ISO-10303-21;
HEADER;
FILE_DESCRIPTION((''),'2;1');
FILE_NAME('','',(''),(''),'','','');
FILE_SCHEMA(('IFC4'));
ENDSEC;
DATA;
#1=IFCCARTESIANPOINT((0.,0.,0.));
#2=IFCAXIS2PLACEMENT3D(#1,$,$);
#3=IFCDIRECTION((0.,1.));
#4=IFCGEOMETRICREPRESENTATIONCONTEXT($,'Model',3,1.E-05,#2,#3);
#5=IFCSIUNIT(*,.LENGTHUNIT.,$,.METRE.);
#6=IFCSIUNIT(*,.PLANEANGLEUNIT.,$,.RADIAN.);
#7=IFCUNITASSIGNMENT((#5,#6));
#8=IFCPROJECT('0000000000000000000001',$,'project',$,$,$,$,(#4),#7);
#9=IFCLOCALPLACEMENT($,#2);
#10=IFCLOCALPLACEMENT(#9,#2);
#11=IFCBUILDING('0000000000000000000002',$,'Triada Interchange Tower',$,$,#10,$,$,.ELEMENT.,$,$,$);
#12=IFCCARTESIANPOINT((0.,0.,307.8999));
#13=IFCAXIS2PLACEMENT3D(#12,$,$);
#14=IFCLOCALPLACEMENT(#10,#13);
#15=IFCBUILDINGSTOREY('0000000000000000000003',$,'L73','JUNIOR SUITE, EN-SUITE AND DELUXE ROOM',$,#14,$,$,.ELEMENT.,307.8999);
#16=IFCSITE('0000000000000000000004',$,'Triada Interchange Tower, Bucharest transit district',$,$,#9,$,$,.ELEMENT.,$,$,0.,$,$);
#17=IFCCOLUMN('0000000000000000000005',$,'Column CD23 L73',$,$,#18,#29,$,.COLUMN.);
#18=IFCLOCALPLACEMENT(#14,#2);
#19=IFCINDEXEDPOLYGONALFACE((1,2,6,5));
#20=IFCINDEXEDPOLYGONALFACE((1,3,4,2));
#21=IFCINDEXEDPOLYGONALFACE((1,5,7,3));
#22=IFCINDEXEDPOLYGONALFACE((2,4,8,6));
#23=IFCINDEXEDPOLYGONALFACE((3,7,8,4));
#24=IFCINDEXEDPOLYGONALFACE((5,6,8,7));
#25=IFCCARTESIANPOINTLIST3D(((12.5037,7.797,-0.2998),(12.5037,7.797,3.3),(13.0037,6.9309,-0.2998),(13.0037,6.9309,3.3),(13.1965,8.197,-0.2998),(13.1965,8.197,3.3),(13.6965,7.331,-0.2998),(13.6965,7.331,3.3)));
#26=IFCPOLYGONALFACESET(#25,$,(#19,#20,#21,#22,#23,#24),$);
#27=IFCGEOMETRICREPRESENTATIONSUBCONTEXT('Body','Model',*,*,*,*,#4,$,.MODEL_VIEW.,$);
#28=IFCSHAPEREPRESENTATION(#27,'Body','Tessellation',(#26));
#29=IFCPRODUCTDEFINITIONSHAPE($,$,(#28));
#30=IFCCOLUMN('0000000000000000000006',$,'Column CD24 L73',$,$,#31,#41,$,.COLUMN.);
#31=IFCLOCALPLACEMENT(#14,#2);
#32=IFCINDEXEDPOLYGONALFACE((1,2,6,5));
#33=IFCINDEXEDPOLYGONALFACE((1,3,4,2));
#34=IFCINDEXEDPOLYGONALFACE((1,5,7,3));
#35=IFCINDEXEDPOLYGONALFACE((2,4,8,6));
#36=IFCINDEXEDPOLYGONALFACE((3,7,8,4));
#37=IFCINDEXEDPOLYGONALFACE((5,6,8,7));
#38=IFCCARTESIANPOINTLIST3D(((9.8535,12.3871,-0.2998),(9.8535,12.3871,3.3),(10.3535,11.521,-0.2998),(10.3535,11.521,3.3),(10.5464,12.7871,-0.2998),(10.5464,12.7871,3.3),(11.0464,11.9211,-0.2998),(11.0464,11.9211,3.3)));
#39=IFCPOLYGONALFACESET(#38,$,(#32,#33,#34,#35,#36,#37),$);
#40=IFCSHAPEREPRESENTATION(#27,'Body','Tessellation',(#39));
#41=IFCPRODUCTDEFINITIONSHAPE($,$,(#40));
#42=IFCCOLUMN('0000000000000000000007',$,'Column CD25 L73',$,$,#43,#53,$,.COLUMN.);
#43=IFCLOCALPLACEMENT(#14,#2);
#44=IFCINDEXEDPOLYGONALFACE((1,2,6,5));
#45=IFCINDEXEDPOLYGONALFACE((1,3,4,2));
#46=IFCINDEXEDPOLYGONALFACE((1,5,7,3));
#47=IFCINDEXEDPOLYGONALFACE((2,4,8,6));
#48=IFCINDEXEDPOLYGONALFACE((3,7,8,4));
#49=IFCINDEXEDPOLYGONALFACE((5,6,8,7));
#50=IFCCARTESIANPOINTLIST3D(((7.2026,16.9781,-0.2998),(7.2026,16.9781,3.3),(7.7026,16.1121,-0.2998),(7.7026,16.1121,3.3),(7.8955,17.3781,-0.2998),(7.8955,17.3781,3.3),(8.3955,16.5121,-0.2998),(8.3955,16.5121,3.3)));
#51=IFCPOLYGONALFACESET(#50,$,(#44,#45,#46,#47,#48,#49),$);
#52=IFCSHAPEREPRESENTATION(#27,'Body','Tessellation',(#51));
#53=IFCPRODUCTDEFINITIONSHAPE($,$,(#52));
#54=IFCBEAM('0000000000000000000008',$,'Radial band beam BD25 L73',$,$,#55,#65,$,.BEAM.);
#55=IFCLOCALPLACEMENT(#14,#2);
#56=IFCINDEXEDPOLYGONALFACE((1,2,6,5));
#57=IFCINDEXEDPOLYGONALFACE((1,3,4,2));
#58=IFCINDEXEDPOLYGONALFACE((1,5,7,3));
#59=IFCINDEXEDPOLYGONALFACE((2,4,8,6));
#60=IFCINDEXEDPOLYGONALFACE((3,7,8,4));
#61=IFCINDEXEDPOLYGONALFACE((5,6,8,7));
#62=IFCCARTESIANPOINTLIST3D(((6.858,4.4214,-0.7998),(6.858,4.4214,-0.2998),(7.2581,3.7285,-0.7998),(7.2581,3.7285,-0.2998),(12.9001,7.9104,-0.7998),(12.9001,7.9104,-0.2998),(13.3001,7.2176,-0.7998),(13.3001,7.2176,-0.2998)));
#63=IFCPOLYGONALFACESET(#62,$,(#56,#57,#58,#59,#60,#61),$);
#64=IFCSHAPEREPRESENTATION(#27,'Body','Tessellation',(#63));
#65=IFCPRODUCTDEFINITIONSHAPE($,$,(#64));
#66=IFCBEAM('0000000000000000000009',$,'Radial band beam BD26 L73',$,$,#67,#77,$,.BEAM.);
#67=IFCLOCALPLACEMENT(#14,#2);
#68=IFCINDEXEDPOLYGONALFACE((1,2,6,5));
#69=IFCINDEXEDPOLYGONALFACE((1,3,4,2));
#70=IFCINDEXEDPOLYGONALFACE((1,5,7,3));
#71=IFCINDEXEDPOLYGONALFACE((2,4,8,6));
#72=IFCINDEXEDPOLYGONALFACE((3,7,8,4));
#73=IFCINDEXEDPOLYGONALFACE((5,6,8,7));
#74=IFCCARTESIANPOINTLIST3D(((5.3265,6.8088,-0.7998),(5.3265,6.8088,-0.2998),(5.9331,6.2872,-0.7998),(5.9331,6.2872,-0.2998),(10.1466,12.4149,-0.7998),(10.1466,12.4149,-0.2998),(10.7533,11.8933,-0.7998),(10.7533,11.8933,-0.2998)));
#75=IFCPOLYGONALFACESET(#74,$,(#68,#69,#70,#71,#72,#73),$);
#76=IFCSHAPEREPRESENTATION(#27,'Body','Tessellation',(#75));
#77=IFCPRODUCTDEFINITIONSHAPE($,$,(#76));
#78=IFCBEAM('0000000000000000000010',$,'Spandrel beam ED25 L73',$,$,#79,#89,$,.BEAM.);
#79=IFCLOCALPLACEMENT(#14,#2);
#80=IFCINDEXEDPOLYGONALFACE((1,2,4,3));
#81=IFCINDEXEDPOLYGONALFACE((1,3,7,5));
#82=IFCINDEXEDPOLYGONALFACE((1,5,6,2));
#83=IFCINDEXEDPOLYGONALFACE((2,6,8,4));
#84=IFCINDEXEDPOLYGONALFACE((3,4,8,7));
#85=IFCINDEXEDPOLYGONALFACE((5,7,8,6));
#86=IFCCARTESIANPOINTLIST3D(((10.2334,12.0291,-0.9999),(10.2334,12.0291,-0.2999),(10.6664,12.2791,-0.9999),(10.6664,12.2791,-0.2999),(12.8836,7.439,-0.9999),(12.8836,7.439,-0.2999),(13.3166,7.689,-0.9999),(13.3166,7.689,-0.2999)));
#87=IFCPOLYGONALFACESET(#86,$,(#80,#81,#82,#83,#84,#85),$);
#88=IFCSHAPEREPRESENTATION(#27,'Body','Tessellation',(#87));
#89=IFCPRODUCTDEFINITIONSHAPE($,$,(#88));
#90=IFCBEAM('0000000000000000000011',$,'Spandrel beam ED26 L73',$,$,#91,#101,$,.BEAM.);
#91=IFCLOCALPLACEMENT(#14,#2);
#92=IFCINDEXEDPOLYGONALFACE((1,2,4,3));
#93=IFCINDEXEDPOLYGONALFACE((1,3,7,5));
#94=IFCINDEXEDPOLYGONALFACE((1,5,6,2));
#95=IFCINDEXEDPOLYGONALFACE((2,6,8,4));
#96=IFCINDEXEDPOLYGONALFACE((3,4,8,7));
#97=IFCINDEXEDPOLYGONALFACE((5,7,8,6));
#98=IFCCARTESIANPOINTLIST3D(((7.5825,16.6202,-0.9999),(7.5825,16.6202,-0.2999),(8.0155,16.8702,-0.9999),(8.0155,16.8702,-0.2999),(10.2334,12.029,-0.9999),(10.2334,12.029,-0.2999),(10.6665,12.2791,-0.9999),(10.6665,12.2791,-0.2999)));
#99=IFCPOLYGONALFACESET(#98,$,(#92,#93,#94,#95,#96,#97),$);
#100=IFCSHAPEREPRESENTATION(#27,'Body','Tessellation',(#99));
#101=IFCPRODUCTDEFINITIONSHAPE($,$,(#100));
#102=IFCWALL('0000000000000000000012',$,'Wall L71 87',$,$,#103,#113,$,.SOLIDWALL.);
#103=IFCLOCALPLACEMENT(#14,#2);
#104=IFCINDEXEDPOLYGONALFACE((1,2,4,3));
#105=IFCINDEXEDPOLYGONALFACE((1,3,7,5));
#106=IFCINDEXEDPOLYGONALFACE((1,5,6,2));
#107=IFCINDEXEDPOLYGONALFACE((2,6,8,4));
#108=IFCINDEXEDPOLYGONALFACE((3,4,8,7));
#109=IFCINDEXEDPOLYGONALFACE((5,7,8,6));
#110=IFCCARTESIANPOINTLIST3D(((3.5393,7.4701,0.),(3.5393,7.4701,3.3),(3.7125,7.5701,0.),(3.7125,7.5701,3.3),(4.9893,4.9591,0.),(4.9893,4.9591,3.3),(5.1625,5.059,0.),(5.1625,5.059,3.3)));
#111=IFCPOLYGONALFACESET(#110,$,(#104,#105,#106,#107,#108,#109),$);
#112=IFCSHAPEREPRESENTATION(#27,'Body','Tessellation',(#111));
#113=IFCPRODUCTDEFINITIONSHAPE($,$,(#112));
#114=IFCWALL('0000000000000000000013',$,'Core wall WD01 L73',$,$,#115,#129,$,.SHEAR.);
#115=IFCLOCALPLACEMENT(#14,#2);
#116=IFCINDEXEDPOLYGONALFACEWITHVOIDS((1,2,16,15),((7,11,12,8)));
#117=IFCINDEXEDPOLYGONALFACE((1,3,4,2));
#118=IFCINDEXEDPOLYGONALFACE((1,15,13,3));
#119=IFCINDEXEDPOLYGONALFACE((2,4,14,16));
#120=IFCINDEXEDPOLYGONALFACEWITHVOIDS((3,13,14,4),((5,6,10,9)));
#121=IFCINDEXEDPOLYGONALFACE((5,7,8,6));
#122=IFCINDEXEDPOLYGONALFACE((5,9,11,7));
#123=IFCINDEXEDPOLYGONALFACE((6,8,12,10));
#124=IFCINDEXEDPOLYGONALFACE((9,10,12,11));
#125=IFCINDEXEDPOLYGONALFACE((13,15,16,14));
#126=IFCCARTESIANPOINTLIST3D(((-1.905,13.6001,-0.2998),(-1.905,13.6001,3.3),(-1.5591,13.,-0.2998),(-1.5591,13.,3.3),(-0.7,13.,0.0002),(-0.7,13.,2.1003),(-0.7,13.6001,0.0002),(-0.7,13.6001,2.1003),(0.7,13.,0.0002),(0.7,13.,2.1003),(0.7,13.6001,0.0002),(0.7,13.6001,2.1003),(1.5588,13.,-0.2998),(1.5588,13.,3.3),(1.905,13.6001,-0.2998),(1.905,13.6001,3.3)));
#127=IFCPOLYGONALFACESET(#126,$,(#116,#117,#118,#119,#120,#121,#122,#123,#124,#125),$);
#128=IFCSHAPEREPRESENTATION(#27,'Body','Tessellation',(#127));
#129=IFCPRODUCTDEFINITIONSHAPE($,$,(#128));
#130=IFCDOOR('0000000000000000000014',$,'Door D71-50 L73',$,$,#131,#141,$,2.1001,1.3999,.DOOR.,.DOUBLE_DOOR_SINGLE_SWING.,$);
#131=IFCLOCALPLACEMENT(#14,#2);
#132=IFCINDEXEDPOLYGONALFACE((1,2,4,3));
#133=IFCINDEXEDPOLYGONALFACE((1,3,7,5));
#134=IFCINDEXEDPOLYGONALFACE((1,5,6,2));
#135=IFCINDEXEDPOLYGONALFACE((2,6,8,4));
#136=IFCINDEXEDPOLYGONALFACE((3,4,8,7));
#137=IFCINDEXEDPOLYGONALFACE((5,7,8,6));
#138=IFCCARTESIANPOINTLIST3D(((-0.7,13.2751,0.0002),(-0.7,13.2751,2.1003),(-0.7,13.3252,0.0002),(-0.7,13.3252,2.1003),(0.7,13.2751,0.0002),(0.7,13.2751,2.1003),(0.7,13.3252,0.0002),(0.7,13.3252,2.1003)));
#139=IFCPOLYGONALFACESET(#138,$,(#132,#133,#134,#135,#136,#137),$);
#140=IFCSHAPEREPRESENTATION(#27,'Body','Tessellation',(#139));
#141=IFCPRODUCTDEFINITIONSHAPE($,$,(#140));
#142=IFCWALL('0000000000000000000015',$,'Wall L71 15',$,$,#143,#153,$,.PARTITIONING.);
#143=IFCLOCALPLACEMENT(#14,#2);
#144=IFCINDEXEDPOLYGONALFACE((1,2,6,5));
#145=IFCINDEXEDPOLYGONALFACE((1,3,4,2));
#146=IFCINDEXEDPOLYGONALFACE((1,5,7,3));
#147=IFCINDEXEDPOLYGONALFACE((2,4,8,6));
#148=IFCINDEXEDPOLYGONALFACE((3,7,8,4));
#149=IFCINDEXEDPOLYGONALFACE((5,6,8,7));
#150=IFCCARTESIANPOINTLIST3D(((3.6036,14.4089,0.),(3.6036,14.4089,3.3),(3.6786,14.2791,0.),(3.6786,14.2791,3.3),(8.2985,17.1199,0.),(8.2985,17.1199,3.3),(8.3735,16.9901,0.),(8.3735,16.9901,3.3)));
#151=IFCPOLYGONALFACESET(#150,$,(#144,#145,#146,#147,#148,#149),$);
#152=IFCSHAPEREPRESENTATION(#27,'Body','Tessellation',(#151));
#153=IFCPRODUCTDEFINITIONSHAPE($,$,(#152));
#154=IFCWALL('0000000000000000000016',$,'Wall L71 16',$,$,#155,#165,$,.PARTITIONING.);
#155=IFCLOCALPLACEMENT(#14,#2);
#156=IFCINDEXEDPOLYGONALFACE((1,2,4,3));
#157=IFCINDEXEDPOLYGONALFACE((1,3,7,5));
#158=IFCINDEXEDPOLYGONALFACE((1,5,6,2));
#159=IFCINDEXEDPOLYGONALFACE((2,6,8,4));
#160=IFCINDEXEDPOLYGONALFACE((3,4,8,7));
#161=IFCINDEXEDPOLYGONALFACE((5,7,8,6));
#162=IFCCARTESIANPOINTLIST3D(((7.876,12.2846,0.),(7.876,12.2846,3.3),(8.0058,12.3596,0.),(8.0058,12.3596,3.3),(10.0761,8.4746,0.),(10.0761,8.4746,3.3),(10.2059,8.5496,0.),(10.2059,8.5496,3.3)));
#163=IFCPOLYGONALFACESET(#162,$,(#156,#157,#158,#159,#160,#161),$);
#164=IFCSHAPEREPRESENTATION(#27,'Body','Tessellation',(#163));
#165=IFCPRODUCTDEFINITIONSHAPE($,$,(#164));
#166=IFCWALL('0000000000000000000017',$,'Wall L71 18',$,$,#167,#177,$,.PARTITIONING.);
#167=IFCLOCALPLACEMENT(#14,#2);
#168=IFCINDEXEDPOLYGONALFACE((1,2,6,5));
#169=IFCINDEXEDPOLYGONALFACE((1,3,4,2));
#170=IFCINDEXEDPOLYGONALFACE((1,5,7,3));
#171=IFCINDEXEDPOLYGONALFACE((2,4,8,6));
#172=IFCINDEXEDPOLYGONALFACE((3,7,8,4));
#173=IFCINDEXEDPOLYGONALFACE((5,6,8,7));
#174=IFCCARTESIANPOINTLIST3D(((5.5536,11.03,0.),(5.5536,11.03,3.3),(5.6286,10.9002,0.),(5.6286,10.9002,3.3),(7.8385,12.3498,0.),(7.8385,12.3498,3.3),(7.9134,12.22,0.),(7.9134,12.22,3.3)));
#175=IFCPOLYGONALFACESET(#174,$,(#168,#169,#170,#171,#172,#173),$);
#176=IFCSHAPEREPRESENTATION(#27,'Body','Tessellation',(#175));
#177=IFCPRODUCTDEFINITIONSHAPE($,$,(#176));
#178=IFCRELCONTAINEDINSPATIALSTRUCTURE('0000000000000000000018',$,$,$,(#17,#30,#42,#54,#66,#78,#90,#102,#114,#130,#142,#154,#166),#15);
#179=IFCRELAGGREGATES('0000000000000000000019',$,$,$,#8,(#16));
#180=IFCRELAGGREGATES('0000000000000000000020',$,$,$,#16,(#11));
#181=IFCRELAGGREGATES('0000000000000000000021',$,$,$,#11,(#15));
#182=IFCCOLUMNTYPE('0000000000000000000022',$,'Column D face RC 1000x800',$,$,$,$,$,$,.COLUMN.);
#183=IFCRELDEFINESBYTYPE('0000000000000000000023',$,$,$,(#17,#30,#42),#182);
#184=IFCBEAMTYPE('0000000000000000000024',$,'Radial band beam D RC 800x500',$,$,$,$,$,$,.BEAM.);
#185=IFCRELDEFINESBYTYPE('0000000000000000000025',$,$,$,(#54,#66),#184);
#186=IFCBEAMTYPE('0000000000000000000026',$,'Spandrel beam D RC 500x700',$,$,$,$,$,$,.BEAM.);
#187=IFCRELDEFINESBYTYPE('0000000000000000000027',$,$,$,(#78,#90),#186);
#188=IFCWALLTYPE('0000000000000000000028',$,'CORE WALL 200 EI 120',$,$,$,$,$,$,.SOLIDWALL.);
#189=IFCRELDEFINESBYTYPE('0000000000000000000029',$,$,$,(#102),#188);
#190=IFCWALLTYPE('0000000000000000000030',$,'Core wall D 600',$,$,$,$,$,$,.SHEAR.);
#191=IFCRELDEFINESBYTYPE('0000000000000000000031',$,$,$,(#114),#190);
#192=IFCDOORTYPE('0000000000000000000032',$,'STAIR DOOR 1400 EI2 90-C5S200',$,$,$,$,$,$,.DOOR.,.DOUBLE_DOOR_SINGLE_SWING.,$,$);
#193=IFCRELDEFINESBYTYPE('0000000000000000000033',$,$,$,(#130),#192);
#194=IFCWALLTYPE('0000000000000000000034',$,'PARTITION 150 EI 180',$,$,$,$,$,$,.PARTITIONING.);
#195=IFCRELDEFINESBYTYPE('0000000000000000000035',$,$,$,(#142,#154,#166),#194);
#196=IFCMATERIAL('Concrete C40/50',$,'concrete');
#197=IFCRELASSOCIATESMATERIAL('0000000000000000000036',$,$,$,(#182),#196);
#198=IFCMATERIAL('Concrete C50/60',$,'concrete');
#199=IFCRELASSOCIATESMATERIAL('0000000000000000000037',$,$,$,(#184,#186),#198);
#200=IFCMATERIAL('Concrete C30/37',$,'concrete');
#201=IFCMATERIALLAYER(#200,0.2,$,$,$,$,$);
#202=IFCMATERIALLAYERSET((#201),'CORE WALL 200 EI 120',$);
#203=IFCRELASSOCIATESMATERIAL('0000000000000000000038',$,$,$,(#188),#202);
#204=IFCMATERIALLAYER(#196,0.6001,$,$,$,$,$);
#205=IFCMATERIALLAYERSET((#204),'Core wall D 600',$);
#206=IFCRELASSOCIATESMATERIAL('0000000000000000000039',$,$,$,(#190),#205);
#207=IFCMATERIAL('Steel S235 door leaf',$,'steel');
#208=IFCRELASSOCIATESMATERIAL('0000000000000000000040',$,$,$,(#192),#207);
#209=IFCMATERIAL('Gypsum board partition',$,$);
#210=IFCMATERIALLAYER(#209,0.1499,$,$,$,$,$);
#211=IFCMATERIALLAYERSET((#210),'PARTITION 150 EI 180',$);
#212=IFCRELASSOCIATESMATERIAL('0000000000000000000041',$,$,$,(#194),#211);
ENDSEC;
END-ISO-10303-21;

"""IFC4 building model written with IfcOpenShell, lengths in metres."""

from ifc_helpers import new_model, si_unit, direction, frame, frame_2d, origin, origin_2d, place, context, subcontext, project, spatial, polyline, rectangle, outline, extrude, material, layer, layer_set, material_profile, profile_set, type_object, element, fill, save


model = new_model("IFC4")

# Units and contexts
model_context = context("Model", 3, precision=1e-05, world=origin(), true_north=direction((0.0, 1.0)))
body_context = subcontext(model_context, "Body", "Model", "MODEL_VIEW")
ifc_project = project(units=[si_unit("LENGTHUNIT", "METRE"), si_unit("PLANEANGLEUNIT", "RADIAN")], contexts=[model_context])

# Site, building, storey
site_placement = place(None, origin())
site = spatial("IfcSite", under=ifc_project, at=site_placement, Name="Triada Interchange Tower, Bucharest transit district", CompositionType="ELEMENT", RefElevation=0.0)
building_placement = place(site_placement, origin())
building = spatial("IfcBuilding", under=site, at=building_placement, Name="Triada Interchange Tower", CompositionType="ELEMENT")
storey_placement = place(building_placement, frame((0.0, 0.0, 307.8999)))
storey = spatial("IfcBuildingStorey", under=building, at=storey_placement, Name="L73", Description="JUNIOR SUITE, EN-SUITE AND DELUXE ROOM", CompositionType="ELEMENT", Elevation=307.8999)

# Columns
ifc_material_1 = material(Name="Concrete C40/50", Category="concrete")
ifc_material_profile_1 = material_profile(ifc_material_1, rectangle(XDim=1.0, YDim=0.8, at=origin_2d()), Name="RC 1000x800")
ifc_profile_set_1 = profile_set([ifc_material_profile_1], Name="Concrete C40/50")
column_type = type_object("IfcColumnType", Name="Column D face RC 1000x800", PredefinedType="COLUMN", material=ifc_profile_set_1)
for number, where, z_axis, x_axis, name in (
    (1, (13.1001, 7.564, -0.2998), (0.0, 0.0, 1.0), (-0.5, 0.866025, 0.0), "Column CD23 L73"),
    (2, (10.45, 12.1541, -0.2998), (0.0, 0.0, 1.0), (-0.5, 0.866025, 0.0), "Column CD24 L73"),
    (3, (7.7991, 16.7451, -0.2998), (0.0, 0.0, 1.0), (-0.5, 0.866025, 0.0), "Column CD25 L73"),
):
    element("IfcColumn", number, at=place(storey_placement, frame(where, z_axis=z_axis, x_axis=x_axis)), inside=storey, type_object=column_type, Name=name, PredefinedType="COLUMN", context=body_context, shape_type="SweptSolid", body=[
        extrude(rectangle(XDim=1.0, YDim=0.8, at=origin_2d()), origin(), (0.0, 0.0, 1.0), 3.5999),
    ])

# Beams
ifc_material_2 = material(Name="Concrete C50/60", Category="concrete")
ifc_material_profile_2 = material_profile(ifc_material_2, rectangle(XDim=0.8, YDim=0.5, at=origin_2d()), Name="RC 800x500")
ifc_profile_set_2 = profile_set([ifc_material_profile_2], Name="Concrete C50/60")
beam_type_1 = type_object("IfcBeamType", Name="Radial band beam D RC 800x500", PredefinedType="BEAM", material=ifc_profile_set_2)
beam_1_placement = place(storey_placement, frame((13.1001, 7.564, -0.5498), z_axis=(-0.865984, -0.500072, 0.0), x_axis=(0.500072, -0.865984, 0.0)))
element("IfcBeam", 4, at=beam_1_placement, inside=storey, type_object=beam_type_1, Name="Radial band beam BD25 L73", PredefinedType="BEAM", context=body_context, shape_type="SweptSolid", body=[
    extrude(rectangle(XDim=0.8, YDim=0.5, at=origin_2d()), origin(), (0.0, 0.0, 1.0), 6.9771),
])
beam_2_placement = place(storey_placement, frame((10.45, 12.1541, -0.5498), z_axis=(-0.651957, -0.758256, 0.0), x_axis=(0.758256, -0.651957, 0.0)))
element("IfcBeam", 5, at=beam_2_placement, inside=storey, type_object=beam_type_1, Name="Radial band beam BD26 L73", PredefinedType="BEAM", context=body_context, shape_type="SweptSolid", body=[
    extrude(rectangle(XDim=0.8, YDim=0.5, at=origin_2d()), origin(), (0.0, 0.0, 1.0), 7.3933),
])
ifc_material_profile_3 = material_profile(ifc_material_2, rectangle(XDim=0.5, YDim=0.7, at=origin_2d()), Name="RC 500x700")
ifc_profile_set_3 = profile_set([ifc_material_profile_3], Name="Concrete C50/60")
beam_type_2 = type_object("IfcBeamType", Name="Spandrel beam D RC 500x700", PredefinedType="BEAM", material=ifc_profile_set_3)
beam_3_placement = place(storey_placement, frame((13.1001, 7.564, -0.6499), z_axis=(-0.500008, 0.866021, 0.0), x_axis=(-0.866021, -0.500008, 0.0)))
element("IfcBeam", 6, at=beam_3_placement, inside=storey, type_object=beam_type_2, Name="Spandrel beam ED25 L73", PredefinedType="BEAM", context=body_context, shape_type="SweptSolid", body=[
    extrude(rectangle(XDim=0.5, YDim=0.7, at=origin_2d()), origin(), (0.0, 0.0, 1.0), 5.3003),
])
beam_4_placement = place(storey_placement, frame((10.45, 12.1541, -0.6499), z_axis=(-0.500032, 0.866007, 0.0), x_axis=(-0.866007, -0.500032, 0.0)))
element("IfcBeam", 7, at=beam_4_placement, inside=storey, type_object=beam_type_2, Name="Spandrel beam ED26 L73", PredefinedType="BEAM", context=body_context, shape_type="SweptSolid", body=[
    extrude(rectangle(XDim=0.5, YDim=0.7, at=origin_2d()), origin(), (0.0, 0.0, 1.0), 5.3015),
])

# Wall
ifc_material_3 = material(Name="Concrete C30/37", Category="concrete")
ifc_layer_1 = layer(ifc_material_3, 0.2)
ifc_layer_set_1 = layer_set([ifc_layer_1], Name="CORE WALL 200 EI 120")
wall_type_1 = type_object("IfcWallType", Name="CORE WALL 200 EI 120", PredefinedType="SOLIDWALL", material=ifc_layer_set_1)
wall_1_placement = place(storey_placement, frame((3.626, 7.52, 0.0), z_axis=(0.0, 0.0, 1.0), x_axis=(0.50006, -0.865991, 0.0)))
element("IfcWall", 8, at=wall_1_placement, inside=storey, type_object=wall_type_1, Name="Wall L71 87", PredefinedType="SOLIDWALL", context=body_context, shape_type="SweptSolid", body=[
    extrude(rectangle(XDim=2.8997, YDim=0.2, at=frame_2d((1.4497, 0.0))), origin(), (0.0, 0.0, 1.0), 3.3),
])

# Wall, opening, door
ifc_layer_2 = layer(ifc_material_1, 0.6001)
ifc_layer_set_2 = layer_set([ifc_layer_2], Name="Core wall D 600")
wall_type_2 = type_object("IfcWallType", Name="Core wall D 600", PredefinedType="SHEAR", material=ifc_layer_set_2)
wall_2_placement = place(storey_placement, frame((1.7319, 13.3, -0.2998), z_axis=(0.0, 0.0, 1.0), x_axis=(-1.0, 0.0, 0.0)))
wall_2 = element("IfcWall", 9, at=wall_2_placement, inside=storey, type_object=wall_type_2, Name="Core wall WD01 L73", PredefinedType="SHEAR", context=body_context, shape_type="SweptSolid", body=[
    extrude(outline(polyline([(-0.1731, -0.3), (1.7319, -0.3), (3.637, -0.3), (3.291, 0.3), (1.7319, 0.3), (0.1731, 0.3), (-0.1731, -0.3)])), origin(), (0.0, 0.0, 1.0), 3.5999),
])
opening_1_placement = place(wall_2_placement, frame((1.032, 0.0, 0.3)))
opening_1 = element("IfcOpeningElement", 10, at=opening_1_placement, cuts=wall_2, PredefinedType="OPENING", context=body_context, shape_type="SweptSolid", body=[
    extrude(rectangle(XDim=1.3999, YDim=2.1001, at=frame_2d((0.7, 1.05))), frame((0.0, 0.3101, 0.0), z_axis=(0.0, -1.0, 0.0), x_axis=(1.0, 0.0, 0.0)), (0.0, 0.0, 1.0), 0.6201),
])
ifc_material_4 = material(Name="Steel S235 door leaf", Category="steel")
door_type_1 = type_object("IfcDoorType", Name="STAIR DOOR 1400 EI2 90-C5S200", OperationType="DOUBLE_DOOR_SINGLE_SWING", PredefinedType="DOOR", material=ifc_material_4)
door_1_placement = place(opening_1_placement, origin())
door_1 = element("IfcDoor", 11, at=door_1_placement, inside=storey, type_object=door_type_1, Name="Door D71-50 L73", OperationType="DOUBLE_DOOR_SINGLE_SWING", OverallHeight=2.1001, OverallWidth=1.3999, PredefinedType="DOOR", context=body_context, shape_type="SweptSolid", body=[
    extrude(rectangle(XDim=1.3999, YDim=2.1001, at=frame_2d((0.7, 1.05))), frame((0.0, 0.0249, 0.0), z_axis=(0.0, -1.0, 0.0), x_axis=(1.0, 0.0, 0.0)), (0.0, 0.0, 1.0), 0.05),
])
fill(opening_1, door_1)

# Walls
ifc_material_5 = material(Name="Gypsum board partition")
ifc_layer_3 = layer(ifc_material_5, 0.1499)
ifc_layer_set_3 = layer_set([ifc_layer_3], Name="PARTITION 150 EI 180")
wall_type_3 = type_object("IfcWallType", Name="PARTITION 150 EI 180", PredefinedType="PARTITIONING", material=ifc_layer_set_3)
wall_3_placement = place(storey_placement, frame((3.6411, 14.344, 0.0), z_axis=(0.0, 0.0, 1.0), x_axis=(0.865995, 0.500052, 0.0)))
element("IfcWall", 12, at=wall_3_placement, inside=storey, type_object=wall_type_3, Name="Wall L71 15", PredefinedType="PARTITIONING", context=body_context, shape_type="SweptSolid", body=[
    extrude(rectangle(XDim=5.4214, YDim=0.1499, at=frame_2d((2.7107, 0.0))), origin(), (0.0, 0.0, 1.0), 3.3),
])
wall_4_placement = place(storey_placement, frame((7.9409, 12.322, 0.0), z_axis=(0.0, 0.0, 1.0), x_axis=(0.500078, -0.86598, 0.0)))
element("IfcWall", 13, at=wall_4_placement, inside=storey, type_object=wall_type_3, Name="Wall L71 16", PredefinedType="PARTITIONING", context=body_context, shape_type="SweptSolid", body=[
    extrude(rectangle(XDim=4.3997, YDim=0.1499, at=frame_2d((2.1997, 0.0))), origin(), (0.0, 0.0, 1.0), 3.3),
])
wall_5_placement = place(storey_placement, frame((5.5911, 10.9651, 0.0), z_axis=(0.0, 0.0, 1.0), x_axis=(0.865922, 0.500179, 0.0)))
element("IfcWall", 14, at=wall_5_placement, inside=storey, type_object=wall_type_3, Name="Wall L71 18", PredefinedType="PARTITIONING", context=body_context, shape_type="SweptSolid", body=[
    extrude(rectangle(XDim=2.6387, YDim=0.1499, at=frame_2d((1.3193, 0.0))), origin(), (0.0, 0.0, 1.0), 3.3),
])

save(model, "model.ifc")
